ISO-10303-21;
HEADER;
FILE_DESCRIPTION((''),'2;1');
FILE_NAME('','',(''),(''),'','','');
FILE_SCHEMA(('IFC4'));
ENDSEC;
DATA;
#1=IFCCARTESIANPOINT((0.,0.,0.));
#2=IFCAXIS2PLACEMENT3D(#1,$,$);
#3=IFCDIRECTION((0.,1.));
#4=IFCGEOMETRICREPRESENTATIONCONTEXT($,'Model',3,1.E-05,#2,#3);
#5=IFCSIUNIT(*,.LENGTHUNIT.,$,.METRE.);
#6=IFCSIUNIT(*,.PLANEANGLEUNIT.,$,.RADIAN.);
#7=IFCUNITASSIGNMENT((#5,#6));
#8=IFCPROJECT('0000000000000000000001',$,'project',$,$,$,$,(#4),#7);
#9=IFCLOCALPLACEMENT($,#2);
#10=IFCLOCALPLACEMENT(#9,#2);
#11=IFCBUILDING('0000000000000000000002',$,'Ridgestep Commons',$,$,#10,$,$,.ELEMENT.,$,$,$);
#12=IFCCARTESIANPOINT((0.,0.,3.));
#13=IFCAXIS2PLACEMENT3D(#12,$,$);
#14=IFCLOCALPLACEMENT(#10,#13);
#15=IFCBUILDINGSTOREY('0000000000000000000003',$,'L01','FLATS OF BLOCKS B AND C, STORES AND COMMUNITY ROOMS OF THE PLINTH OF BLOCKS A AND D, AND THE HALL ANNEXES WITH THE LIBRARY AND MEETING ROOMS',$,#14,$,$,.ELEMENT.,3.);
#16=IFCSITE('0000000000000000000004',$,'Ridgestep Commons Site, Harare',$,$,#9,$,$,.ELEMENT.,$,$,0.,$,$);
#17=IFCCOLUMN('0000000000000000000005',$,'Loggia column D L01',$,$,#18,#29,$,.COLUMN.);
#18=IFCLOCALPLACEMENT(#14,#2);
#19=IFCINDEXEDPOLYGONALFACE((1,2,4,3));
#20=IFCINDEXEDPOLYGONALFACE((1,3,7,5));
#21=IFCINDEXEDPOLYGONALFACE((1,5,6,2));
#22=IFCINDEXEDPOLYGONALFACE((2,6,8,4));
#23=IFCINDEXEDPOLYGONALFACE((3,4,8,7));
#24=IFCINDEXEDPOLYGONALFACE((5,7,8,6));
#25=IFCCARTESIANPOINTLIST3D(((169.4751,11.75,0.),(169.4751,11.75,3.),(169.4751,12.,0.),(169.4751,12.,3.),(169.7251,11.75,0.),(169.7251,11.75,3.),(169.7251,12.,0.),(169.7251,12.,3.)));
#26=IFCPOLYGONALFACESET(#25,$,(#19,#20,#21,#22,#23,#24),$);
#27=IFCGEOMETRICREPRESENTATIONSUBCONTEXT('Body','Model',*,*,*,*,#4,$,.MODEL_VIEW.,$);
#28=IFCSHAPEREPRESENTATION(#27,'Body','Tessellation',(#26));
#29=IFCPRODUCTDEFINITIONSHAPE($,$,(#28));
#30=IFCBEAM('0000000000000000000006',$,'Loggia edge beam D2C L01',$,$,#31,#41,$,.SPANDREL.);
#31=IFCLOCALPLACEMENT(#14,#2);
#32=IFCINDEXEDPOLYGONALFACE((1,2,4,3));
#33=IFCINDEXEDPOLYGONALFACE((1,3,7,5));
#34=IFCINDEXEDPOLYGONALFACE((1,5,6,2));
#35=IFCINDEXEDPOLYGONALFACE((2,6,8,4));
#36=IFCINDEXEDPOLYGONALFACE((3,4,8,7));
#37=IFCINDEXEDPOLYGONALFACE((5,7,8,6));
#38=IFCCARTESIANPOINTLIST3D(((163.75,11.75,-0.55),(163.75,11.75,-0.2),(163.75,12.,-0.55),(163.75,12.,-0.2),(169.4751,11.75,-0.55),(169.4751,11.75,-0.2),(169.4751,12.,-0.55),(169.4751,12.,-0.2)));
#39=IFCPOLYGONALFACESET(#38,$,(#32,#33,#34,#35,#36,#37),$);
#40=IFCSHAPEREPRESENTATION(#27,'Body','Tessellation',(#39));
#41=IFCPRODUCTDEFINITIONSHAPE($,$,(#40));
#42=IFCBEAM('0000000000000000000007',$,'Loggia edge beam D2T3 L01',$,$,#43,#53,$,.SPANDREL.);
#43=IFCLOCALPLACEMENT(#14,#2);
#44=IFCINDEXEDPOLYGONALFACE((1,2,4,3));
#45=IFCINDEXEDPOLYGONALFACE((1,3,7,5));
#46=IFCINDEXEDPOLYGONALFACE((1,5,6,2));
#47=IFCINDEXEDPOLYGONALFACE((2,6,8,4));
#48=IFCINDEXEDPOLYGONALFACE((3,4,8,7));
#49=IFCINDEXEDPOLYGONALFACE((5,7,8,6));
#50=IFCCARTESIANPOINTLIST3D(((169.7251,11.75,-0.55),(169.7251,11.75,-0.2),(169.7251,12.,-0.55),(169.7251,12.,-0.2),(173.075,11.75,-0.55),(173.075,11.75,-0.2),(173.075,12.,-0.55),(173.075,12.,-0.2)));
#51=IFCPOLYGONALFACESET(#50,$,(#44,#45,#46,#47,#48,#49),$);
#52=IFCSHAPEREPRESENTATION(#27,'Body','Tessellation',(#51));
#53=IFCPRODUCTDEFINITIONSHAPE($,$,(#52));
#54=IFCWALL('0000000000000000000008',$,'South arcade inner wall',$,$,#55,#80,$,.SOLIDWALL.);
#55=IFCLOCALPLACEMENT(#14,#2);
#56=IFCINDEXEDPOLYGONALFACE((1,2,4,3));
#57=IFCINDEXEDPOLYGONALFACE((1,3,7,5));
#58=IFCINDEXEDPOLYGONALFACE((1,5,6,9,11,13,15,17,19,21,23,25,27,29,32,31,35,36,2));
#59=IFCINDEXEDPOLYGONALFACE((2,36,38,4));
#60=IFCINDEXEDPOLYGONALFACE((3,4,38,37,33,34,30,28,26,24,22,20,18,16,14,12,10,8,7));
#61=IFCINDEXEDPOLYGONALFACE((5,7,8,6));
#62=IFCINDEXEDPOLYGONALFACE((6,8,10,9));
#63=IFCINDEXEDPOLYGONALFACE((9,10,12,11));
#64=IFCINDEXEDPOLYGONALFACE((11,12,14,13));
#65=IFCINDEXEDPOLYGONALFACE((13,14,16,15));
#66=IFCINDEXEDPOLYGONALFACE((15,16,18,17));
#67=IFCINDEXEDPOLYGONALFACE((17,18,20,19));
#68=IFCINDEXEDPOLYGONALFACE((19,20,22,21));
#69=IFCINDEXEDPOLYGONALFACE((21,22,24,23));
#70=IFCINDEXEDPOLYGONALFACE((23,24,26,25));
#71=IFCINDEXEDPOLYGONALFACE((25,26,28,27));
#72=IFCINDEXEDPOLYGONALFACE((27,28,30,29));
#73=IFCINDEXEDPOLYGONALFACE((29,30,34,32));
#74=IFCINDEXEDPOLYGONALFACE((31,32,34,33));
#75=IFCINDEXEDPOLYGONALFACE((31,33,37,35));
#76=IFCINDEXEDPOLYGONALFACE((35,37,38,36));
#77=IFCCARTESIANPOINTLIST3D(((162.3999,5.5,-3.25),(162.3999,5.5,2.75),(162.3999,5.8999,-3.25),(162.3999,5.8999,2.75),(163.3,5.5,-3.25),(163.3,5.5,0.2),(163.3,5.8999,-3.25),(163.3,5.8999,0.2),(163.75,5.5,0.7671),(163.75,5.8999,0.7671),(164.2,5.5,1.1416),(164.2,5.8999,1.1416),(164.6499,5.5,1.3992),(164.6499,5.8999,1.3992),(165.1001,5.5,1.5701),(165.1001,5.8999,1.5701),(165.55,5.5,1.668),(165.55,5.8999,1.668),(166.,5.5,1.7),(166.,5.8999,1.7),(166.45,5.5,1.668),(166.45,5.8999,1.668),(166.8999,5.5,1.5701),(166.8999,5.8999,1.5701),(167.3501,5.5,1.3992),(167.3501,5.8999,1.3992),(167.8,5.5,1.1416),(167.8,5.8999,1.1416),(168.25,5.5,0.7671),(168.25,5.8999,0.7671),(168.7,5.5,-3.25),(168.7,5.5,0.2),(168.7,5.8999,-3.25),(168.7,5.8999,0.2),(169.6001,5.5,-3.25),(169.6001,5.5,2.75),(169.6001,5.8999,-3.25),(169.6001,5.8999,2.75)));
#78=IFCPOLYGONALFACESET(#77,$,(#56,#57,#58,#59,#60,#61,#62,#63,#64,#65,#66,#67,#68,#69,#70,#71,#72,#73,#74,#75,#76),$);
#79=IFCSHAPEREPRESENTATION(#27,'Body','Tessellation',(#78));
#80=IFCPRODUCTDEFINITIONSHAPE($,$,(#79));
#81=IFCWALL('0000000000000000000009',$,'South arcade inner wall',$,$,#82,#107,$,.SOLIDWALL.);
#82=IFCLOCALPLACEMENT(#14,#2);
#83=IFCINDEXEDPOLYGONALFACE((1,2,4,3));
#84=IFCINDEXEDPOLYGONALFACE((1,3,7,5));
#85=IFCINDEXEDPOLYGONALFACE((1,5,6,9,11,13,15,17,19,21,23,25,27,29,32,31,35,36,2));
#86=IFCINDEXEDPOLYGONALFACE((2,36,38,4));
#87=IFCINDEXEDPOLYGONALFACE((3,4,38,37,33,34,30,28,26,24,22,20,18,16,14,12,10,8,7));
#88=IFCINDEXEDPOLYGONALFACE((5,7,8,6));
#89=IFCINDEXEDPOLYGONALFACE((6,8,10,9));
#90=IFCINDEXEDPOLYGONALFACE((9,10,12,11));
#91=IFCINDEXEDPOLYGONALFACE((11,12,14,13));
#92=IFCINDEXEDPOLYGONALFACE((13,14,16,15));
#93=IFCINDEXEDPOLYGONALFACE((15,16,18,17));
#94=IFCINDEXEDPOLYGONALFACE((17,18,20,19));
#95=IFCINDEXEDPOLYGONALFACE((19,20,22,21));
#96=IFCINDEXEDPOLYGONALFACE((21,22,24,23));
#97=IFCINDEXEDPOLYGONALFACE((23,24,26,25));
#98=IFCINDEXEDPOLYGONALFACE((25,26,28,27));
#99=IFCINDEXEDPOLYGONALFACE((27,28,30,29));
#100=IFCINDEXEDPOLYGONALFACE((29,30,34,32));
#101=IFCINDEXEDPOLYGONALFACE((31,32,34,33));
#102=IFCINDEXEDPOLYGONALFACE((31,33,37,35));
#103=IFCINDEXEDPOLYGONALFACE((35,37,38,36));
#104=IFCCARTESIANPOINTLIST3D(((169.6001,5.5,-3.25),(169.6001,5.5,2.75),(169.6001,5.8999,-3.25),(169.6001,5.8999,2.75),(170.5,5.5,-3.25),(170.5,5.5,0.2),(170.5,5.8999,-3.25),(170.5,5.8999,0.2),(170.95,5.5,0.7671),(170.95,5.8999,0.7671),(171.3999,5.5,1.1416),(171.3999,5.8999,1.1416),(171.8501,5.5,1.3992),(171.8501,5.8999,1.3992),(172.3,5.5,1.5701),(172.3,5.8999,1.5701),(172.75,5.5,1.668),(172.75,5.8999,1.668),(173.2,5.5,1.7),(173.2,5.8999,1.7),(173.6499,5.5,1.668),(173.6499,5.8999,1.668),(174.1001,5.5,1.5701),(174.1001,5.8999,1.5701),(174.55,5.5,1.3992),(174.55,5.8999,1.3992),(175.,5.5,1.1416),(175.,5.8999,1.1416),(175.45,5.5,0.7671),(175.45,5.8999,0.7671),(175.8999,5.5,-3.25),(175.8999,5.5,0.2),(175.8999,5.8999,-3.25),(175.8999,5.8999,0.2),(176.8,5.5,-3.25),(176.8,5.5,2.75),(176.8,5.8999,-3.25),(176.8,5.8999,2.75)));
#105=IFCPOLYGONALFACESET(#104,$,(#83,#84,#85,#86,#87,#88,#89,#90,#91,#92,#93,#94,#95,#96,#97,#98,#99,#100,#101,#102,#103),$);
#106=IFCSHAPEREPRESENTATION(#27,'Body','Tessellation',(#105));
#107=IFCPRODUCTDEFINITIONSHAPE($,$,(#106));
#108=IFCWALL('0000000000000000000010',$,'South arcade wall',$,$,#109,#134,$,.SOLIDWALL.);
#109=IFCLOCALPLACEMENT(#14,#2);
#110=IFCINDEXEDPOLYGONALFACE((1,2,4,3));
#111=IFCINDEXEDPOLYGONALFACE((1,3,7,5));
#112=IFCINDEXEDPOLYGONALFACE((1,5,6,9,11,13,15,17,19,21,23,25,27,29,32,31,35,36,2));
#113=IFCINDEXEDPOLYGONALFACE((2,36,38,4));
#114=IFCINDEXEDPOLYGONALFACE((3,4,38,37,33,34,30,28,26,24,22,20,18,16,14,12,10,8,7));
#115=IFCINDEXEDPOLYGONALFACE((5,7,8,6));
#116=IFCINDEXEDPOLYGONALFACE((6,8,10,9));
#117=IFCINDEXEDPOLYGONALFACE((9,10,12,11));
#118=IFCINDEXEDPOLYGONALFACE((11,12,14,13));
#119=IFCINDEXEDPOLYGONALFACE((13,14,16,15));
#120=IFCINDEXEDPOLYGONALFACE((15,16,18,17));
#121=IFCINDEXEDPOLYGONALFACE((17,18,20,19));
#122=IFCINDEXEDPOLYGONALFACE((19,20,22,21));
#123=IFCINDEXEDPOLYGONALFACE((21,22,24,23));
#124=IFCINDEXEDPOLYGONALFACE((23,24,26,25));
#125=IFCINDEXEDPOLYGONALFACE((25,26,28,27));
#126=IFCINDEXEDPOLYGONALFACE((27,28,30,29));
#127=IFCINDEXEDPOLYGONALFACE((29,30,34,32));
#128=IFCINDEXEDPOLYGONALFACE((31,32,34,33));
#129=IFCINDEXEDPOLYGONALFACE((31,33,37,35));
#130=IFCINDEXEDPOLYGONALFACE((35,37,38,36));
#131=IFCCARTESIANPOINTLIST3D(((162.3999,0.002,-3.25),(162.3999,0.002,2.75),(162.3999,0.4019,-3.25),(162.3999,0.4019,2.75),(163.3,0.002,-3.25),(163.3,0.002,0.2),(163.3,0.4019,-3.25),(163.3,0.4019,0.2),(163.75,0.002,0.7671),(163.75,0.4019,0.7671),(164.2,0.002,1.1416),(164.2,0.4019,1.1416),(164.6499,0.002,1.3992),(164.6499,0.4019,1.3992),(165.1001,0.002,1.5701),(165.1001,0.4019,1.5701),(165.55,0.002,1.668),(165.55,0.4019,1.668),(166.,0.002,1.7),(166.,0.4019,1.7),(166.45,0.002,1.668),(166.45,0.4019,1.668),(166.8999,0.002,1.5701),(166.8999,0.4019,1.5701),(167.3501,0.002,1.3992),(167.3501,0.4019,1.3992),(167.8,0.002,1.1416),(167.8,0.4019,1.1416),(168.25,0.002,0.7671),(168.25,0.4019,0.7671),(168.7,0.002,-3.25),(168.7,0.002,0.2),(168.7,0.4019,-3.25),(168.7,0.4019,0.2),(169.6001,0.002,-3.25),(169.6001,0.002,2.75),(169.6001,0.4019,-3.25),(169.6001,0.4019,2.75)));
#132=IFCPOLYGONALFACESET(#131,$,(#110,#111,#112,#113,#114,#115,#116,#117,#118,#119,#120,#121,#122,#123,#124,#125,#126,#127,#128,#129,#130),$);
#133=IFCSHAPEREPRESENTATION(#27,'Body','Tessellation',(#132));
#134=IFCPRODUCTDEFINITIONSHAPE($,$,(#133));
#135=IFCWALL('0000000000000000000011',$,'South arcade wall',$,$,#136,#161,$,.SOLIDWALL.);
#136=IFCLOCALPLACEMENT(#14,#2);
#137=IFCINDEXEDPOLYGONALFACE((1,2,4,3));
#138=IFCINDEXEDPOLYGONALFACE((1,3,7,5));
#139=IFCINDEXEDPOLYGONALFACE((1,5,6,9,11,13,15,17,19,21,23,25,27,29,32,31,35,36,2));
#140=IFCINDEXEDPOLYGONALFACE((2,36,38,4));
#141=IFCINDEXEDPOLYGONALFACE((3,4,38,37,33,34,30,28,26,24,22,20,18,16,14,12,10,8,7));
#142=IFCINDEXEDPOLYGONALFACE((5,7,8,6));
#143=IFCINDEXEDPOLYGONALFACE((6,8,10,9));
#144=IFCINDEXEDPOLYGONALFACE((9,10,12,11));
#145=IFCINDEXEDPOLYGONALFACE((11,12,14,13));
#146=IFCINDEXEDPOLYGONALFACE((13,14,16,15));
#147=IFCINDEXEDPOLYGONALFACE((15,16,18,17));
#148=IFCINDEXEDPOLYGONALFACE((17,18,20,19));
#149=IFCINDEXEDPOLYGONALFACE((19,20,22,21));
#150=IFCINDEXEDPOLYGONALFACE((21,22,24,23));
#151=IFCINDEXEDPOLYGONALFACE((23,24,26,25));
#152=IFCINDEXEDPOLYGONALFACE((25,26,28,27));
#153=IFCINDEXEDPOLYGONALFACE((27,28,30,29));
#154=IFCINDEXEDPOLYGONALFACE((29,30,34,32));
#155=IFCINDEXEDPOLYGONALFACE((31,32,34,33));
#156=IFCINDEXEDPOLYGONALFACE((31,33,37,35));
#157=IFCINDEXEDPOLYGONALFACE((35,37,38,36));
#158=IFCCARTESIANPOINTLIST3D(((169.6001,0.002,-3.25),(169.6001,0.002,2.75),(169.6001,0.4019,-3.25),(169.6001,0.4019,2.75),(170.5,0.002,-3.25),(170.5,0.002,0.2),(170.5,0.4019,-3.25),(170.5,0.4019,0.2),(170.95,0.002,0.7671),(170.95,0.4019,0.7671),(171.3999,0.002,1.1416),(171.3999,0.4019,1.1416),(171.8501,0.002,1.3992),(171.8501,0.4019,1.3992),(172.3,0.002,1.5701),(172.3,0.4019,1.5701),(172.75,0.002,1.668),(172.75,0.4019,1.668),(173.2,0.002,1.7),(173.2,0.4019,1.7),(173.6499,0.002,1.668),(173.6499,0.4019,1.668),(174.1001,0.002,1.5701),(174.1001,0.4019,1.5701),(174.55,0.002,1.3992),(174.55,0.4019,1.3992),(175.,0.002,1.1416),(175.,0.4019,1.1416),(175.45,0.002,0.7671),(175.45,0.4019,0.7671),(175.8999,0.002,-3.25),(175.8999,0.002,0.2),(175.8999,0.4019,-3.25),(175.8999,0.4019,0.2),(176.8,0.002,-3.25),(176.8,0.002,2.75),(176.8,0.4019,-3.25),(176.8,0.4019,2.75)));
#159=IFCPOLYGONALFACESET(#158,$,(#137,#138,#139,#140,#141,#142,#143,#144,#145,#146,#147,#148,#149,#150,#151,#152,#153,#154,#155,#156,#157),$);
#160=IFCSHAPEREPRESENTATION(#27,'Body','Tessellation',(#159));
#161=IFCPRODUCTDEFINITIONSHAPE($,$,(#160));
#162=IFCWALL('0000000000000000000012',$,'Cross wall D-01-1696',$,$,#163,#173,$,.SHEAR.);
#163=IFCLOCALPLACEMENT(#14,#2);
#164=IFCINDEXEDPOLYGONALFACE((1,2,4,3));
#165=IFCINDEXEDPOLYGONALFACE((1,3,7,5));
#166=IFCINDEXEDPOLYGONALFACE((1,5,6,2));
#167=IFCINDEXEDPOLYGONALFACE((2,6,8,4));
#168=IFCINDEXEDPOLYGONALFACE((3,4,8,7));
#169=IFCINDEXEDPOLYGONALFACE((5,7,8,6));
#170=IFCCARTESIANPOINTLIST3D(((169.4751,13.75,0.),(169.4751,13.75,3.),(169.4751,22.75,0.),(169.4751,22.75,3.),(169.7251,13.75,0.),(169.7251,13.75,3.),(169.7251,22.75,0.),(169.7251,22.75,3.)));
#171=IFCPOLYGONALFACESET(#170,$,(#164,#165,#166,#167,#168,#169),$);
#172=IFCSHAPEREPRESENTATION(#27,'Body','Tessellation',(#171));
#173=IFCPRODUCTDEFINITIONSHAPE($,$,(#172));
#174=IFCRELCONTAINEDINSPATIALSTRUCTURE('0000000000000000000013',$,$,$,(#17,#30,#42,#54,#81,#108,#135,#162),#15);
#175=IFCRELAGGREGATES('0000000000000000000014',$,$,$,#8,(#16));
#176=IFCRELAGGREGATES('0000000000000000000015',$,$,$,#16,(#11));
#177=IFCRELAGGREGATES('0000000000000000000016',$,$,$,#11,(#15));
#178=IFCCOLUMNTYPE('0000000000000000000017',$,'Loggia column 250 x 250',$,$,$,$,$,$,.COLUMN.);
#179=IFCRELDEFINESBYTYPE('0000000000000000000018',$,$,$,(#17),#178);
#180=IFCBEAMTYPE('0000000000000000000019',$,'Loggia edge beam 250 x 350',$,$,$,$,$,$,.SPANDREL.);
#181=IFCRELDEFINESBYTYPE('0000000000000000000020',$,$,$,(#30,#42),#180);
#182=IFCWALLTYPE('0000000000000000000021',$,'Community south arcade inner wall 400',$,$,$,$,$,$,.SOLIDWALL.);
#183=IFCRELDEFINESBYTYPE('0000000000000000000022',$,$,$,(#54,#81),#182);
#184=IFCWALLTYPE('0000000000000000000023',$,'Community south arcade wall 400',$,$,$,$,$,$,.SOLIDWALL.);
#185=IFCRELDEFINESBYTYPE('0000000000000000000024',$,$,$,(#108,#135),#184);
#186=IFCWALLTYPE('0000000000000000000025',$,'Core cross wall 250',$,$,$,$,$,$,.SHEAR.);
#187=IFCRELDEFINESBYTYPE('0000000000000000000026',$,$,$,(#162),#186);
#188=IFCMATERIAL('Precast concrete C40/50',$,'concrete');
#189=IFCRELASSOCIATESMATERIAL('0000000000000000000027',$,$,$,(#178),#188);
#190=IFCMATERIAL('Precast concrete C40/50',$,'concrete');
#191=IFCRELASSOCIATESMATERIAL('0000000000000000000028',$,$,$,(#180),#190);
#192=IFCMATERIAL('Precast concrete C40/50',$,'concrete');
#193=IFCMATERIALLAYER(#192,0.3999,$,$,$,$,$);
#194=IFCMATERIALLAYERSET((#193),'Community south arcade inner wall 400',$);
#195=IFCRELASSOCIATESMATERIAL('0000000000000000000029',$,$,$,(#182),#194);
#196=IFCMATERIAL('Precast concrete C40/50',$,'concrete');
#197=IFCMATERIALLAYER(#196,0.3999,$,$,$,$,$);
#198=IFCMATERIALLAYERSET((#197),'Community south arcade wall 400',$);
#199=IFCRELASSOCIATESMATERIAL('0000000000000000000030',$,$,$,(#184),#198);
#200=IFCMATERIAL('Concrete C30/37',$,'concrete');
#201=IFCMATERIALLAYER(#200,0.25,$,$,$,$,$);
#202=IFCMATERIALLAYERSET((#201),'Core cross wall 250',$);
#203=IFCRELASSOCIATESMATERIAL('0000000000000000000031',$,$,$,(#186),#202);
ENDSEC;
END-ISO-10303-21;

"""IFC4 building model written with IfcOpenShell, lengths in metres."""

from ifc_helpers import new_model, si_unit, direction, frame, frame_2d, origin, origin_2d, place, context, subcontext, project, spatial, polyline, rectangle, outline, extrude, material, layer, layer_set, material_profile, profile_set, type_object, element, save


model = new_model("IFC4")

# Units and contexts
model_context = context("Model", 3, precision=1e-05, world=origin(), true_north=direction((0.0, 1.0)))
body_context = subcontext(model_context, "Body", "Model", "MODEL_VIEW")
ifc_project = project(units=[si_unit("LENGTHUNIT", "METRE"), si_unit("PLANEANGLEUNIT", "RADIAN")], contexts=[model_context])

# Site, building, storey
site_placement = place(None, origin())
site = spatial("IfcSite", under=ifc_project, at=site_placement, Name="Ridgestep Commons Site, Harare", CompositionType="ELEMENT", RefElevation=0.0)
building_placement = place(site_placement, origin())
building = spatial("IfcBuilding", under=site, at=building_placement, Name="Ridgestep Commons", CompositionType="ELEMENT")
storey_placement = place(building_placement, frame((0.0, 0.0, 3.0)))
storey = spatial("IfcBuildingStorey", under=building, at=storey_placement, Name="L01", Description="FLATS OF BLOCKS B AND C, STORES AND COMMUNITY ROOMS OF THE PLINTH OF BLOCKS A AND D, AND THE HALL ANNEXES WITH THE LIBRARY AND MEETING ROOMS", CompositionType="ELEMENT", Elevation=3.0)

# Column
ifc_material_1 = material(Name="Precast concrete C40/50", Category="concrete")
ifc_material_profile_1 = material_profile(ifc_material_1, rectangle(XDim=0.25, YDim=0.25, at=origin_2d()), Name="PC 250x250")
ifc_profile_set_1 = profile_set([ifc_material_profile_1], Name="Precast concrete C40/50")
column_type = type_object("IfcColumnType", Name="Loggia column 250 x 250", PredefinedType="COLUMN", material=ifc_profile_set_1)
column_placement = place(storey_placement, frame((169.6001, 11.875, 0.0), z_axis=(0.0, 0.0, 1.0), x_axis=(1.0, 0.0, 0.0)))
element("IfcColumn", 1, at=column_placement, inside=storey, type_object=column_type, Name="Loggia column D L01", PredefinedType="COLUMN", context=body_context, shape_type="SweptSolid", body=[
    extrude(rectangle(XDim=0.25, YDim=0.25, at=origin_2d()), origin(), (0.0, 0.0, 1.0), 3.0),
])

# Beams
ifc_material_2 = material(Name="Precast concrete C40/50", Category="concrete")
ifc_material_profile_2 = material_profile(ifc_material_2, rectangle(XDim=0.25, YDim=0.3501, at=origin_2d()), Name="PC 250x350")
ifc_profile_set_2 = profile_set([ifc_material_profile_2], Name="Precast concrete C40/50")
beam_type = type_object("IfcBeamType", Name="Loggia edge beam 250 x 350", PredefinedType="SPANDREL", material=ifc_profile_set_2)
beam_1_placement = place(storey_placement, frame((163.75, 11.875, -0.375), z_axis=(1.0, 0.0, 0.0), x_axis=(0.0, 1.0, 0.0)))
element("IfcBeam", 2, at=beam_1_placement, inside=storey, type_object=beam_type, Name="Loggia edge beam D2C L01", PredefinedType="SPANDREL", context=body_context, shape_type="SweptSolid", body=[
    extrude(rectangle(XDim=0.25, YDim=0.3501, at=origin_2d()), origin(), (0.0, 0.0, 1.0), 5.7251),
])
beam_2_placement = place(storey_placement, frame((169.7251, 11.875, -0.375), z_axis=(1.0, 0.0, 0.0), x_axis=(0.0, 1.0, 0.0)))
element("IfcBeam", 3, at=beam_2_placement, inside=storey, type_object=beam_type, Name="Loggia edge beam D2T3 L01", PredefinedType="SPANDREL", context=body_context, shape_type="SweptSolid", body=[
    extrude(rectangle(XDim=0.25, YDim=0.3501, at=origin_2d()), origin(), (0.0, 0.0, 1.0), 3.3499),
])

# Walls
ifc_material_3 = material(Name="Precast concrete C40/50", Category="concrete")
ifc_layer_1 = layer(ifc_material_3, 0.3999)
ifc_layer_set_1 = layer_set([ifc_layer_1], Name="Community south arcade inner wall 400")
wall_type_1 = type_object("IfcWallType", Name="Community south arcade inner wall 400", PredefinedType="SOLIDWALL", material=ifc_layer_set_1)
wall_1_placement = place(storey_placement, frame((162.3999, 5.5, -3.25), z_axis=(0.0, -1.0, 0.0), x_axis=(1.0, 0.0, 0.0)))
element("IfcWall", 4, at=wall_1_placement, inside=storey, type_object=wall_type_1, Name="South arcade inner wall", PredefinedType="SOLIDWALL", context=body_context, shape_type="SweptSolid", body=[
    extrude(outline(polyline([(0.0, 0.0), (0.9001, 0.0), (0.9001, 3.45), (1.3501, 4.0171), (1.8, 4.3916), (2.25, 4.6492), (2.7002, 4.8201), (3.1501, 4.918), (3.6001, 4.95), (4.05, 4.918), (4.5, 4.8201), (4.9502, 4.6492), (5.4001, 4.3916), (5.8501, 4.0171), (6.3, 3.45), (6.3, 0.0), (7.2002, 0.0), (7.2002, 6.0), (0.0, 6.0), (0.0, 0.0)])), origin(), (0.0, 0.0, -1.0), 0.3999),
])
wall_2_placement = place(storey_placement, frame((169.6001, 5.5, -3.25), z_axis=(0.0, -1.0, 0.0), x_axis=(1.0, 0.0, 0.0)))
element("IfcWall", 5, at=wall_2_placement, inside=storey, type_object=wall_type_1, Name="South arcade inner wall", PredefinedType="SOLIDWALL", context=body_context, shape_type="SweptSolid", body=[
    extrude(outline(polyline([(0.0, 0.0), (0.8999, 0.0), (0.8999, 3.45), (1.3499, 4.0171), (1.7998, 4.3916), (2.25, 4.6492), (2.7, 4.8201), (3.1499, 4.918), (3.5999, 4.95), (4.0498, 4.918), (4.5, 4.8201), (4.95, 4.6492), (5.3999, 4.3916), (5.8499, 4.0171), (6.2998, 3.45), (6.2998, 0.0), (7.2, 0.0), (7.2, 6.0), (0.0, 6.0), (0.0, 0.0)])), origin(), (0.0, 0.0, -1.0), 0.3999),
])
ifc_material_4 = material(Name="Precast concrete C40/50", Category="concrete")
ifc_layer_2 = layer(ifc_material_4, 0.3999)
ifc_layer_set_2 = layer_set([ifc_layer_2], Name="Community south arcade wall 400")
wall_type_2 = type_object("IfcWallType", Name="Community south arcade wall 400", PredefinedType="SOLIDWALL", material=ifc_layer_set_2)
wall_3_placement = place(storey_placement, frame((162.3999, 0.002, -3.25), z_axis=(0.0, -1.0, 0.0), x_axis=(1.0, 0.0, 0.0)))
element("IfcWall", 6, at=wall_3_placement, inside=storey, type_object=wall_type_2, Name="South arcade wall", PredefinedType="SOLIDWALL", context=body_context, shape_type="SweptSolid", body=[
    extrude(outline(polyline([(0.0, 0.0), (0.9001, 0.0), (0.9001, 3.45), (1.3501, 4.0171), (1.8, 4.3916), (2.25, 4.6492), (2.7002, 4.8201), (3.1501, 4.918), (3.6001, 4.95), (4.05, 4.918), (4.5, 4.8201), (4.9502, 4.6492), (5.4001, 4.3916), (5.8501, 4.0171), (6.3, 3.45), (6.3, 0.0), (7.2002, 0.0), (7.2002, 6.0), (0.0, 6.0), (0.0, 0.0)])), origin(), (0.0, 0.0, -1.0), 0.3999),
])
wall_4_placement = place(storey_placement, frame((169.6001, 0.002, -3.25), z_axis=(0.0, -1.0, 0.0), x_axis=(1.0, 0.0, 0.0)))
element("IfcWall", 7, at=wall_4_placement, inside=storey, type_object=wall_type_2, Name="South arcade wall", PredefinedType="SOLIDWALL", context=body_context, shape_type="SweptSolid", body=[
    extrude(outline(polyline([(0.0, 0.0), (0.8999, 0.0), (0.8999, 3.45), (1.3499, 4.0171), (1.7998, 4.3916), (2.25, 4.6492), (2.7, 4.8201), (3.1499, 4.918), (3.5999, 4.95), (4.0498, 4.918), (4.5, 4.8201), (4.95, 4.6492), (5.3999, 4.3916), (5.8499, 4.0171), (6.2998, 3.45), (6.2998, 0.0), (7.2, 0.0), (7.2, 6.0), (0.0, 6.0), (0.0, 0.0)])), origin(), (0.0, 0.0, -1.0), 0.3999),
])
ifc_material_5 = material(Name="Concrete C30/37", Category="concrete")
ifc_layer_3 = layer(ifc_material_5, 0.25)
ifc_layer_set_3 = layer_set([ifc_layer_3], Name="Core cross wall 250")
wall_type_3 = type_object("IfcWallType", Name="Core cross wall 250", PredefinedType="SHEAR", material=ifc_layer_set_3)
wall_5_placement = place(storey_placement, frame((169.6001, 13.75, 0.0), z_axis=(0.0, 0.0, 1.0), x_axis=(0.0, 1.0, 0.0)))
element("IfcWall", 8, at=wall_5_placement, inside=storey, type_object=wall_type_3, Name="Cross wall D-01-1696", PredefinedType="SHEAR", context=body_context, shape_type="SweptSolid", body=[
    extrude(rectangle(XDim=9.0, YDim=0.25, at=frame_2d((4.5, 0.0))), origin(), (0.0, 0.0, 1.0), 3.0),
])

save(model, "model.ifc")
